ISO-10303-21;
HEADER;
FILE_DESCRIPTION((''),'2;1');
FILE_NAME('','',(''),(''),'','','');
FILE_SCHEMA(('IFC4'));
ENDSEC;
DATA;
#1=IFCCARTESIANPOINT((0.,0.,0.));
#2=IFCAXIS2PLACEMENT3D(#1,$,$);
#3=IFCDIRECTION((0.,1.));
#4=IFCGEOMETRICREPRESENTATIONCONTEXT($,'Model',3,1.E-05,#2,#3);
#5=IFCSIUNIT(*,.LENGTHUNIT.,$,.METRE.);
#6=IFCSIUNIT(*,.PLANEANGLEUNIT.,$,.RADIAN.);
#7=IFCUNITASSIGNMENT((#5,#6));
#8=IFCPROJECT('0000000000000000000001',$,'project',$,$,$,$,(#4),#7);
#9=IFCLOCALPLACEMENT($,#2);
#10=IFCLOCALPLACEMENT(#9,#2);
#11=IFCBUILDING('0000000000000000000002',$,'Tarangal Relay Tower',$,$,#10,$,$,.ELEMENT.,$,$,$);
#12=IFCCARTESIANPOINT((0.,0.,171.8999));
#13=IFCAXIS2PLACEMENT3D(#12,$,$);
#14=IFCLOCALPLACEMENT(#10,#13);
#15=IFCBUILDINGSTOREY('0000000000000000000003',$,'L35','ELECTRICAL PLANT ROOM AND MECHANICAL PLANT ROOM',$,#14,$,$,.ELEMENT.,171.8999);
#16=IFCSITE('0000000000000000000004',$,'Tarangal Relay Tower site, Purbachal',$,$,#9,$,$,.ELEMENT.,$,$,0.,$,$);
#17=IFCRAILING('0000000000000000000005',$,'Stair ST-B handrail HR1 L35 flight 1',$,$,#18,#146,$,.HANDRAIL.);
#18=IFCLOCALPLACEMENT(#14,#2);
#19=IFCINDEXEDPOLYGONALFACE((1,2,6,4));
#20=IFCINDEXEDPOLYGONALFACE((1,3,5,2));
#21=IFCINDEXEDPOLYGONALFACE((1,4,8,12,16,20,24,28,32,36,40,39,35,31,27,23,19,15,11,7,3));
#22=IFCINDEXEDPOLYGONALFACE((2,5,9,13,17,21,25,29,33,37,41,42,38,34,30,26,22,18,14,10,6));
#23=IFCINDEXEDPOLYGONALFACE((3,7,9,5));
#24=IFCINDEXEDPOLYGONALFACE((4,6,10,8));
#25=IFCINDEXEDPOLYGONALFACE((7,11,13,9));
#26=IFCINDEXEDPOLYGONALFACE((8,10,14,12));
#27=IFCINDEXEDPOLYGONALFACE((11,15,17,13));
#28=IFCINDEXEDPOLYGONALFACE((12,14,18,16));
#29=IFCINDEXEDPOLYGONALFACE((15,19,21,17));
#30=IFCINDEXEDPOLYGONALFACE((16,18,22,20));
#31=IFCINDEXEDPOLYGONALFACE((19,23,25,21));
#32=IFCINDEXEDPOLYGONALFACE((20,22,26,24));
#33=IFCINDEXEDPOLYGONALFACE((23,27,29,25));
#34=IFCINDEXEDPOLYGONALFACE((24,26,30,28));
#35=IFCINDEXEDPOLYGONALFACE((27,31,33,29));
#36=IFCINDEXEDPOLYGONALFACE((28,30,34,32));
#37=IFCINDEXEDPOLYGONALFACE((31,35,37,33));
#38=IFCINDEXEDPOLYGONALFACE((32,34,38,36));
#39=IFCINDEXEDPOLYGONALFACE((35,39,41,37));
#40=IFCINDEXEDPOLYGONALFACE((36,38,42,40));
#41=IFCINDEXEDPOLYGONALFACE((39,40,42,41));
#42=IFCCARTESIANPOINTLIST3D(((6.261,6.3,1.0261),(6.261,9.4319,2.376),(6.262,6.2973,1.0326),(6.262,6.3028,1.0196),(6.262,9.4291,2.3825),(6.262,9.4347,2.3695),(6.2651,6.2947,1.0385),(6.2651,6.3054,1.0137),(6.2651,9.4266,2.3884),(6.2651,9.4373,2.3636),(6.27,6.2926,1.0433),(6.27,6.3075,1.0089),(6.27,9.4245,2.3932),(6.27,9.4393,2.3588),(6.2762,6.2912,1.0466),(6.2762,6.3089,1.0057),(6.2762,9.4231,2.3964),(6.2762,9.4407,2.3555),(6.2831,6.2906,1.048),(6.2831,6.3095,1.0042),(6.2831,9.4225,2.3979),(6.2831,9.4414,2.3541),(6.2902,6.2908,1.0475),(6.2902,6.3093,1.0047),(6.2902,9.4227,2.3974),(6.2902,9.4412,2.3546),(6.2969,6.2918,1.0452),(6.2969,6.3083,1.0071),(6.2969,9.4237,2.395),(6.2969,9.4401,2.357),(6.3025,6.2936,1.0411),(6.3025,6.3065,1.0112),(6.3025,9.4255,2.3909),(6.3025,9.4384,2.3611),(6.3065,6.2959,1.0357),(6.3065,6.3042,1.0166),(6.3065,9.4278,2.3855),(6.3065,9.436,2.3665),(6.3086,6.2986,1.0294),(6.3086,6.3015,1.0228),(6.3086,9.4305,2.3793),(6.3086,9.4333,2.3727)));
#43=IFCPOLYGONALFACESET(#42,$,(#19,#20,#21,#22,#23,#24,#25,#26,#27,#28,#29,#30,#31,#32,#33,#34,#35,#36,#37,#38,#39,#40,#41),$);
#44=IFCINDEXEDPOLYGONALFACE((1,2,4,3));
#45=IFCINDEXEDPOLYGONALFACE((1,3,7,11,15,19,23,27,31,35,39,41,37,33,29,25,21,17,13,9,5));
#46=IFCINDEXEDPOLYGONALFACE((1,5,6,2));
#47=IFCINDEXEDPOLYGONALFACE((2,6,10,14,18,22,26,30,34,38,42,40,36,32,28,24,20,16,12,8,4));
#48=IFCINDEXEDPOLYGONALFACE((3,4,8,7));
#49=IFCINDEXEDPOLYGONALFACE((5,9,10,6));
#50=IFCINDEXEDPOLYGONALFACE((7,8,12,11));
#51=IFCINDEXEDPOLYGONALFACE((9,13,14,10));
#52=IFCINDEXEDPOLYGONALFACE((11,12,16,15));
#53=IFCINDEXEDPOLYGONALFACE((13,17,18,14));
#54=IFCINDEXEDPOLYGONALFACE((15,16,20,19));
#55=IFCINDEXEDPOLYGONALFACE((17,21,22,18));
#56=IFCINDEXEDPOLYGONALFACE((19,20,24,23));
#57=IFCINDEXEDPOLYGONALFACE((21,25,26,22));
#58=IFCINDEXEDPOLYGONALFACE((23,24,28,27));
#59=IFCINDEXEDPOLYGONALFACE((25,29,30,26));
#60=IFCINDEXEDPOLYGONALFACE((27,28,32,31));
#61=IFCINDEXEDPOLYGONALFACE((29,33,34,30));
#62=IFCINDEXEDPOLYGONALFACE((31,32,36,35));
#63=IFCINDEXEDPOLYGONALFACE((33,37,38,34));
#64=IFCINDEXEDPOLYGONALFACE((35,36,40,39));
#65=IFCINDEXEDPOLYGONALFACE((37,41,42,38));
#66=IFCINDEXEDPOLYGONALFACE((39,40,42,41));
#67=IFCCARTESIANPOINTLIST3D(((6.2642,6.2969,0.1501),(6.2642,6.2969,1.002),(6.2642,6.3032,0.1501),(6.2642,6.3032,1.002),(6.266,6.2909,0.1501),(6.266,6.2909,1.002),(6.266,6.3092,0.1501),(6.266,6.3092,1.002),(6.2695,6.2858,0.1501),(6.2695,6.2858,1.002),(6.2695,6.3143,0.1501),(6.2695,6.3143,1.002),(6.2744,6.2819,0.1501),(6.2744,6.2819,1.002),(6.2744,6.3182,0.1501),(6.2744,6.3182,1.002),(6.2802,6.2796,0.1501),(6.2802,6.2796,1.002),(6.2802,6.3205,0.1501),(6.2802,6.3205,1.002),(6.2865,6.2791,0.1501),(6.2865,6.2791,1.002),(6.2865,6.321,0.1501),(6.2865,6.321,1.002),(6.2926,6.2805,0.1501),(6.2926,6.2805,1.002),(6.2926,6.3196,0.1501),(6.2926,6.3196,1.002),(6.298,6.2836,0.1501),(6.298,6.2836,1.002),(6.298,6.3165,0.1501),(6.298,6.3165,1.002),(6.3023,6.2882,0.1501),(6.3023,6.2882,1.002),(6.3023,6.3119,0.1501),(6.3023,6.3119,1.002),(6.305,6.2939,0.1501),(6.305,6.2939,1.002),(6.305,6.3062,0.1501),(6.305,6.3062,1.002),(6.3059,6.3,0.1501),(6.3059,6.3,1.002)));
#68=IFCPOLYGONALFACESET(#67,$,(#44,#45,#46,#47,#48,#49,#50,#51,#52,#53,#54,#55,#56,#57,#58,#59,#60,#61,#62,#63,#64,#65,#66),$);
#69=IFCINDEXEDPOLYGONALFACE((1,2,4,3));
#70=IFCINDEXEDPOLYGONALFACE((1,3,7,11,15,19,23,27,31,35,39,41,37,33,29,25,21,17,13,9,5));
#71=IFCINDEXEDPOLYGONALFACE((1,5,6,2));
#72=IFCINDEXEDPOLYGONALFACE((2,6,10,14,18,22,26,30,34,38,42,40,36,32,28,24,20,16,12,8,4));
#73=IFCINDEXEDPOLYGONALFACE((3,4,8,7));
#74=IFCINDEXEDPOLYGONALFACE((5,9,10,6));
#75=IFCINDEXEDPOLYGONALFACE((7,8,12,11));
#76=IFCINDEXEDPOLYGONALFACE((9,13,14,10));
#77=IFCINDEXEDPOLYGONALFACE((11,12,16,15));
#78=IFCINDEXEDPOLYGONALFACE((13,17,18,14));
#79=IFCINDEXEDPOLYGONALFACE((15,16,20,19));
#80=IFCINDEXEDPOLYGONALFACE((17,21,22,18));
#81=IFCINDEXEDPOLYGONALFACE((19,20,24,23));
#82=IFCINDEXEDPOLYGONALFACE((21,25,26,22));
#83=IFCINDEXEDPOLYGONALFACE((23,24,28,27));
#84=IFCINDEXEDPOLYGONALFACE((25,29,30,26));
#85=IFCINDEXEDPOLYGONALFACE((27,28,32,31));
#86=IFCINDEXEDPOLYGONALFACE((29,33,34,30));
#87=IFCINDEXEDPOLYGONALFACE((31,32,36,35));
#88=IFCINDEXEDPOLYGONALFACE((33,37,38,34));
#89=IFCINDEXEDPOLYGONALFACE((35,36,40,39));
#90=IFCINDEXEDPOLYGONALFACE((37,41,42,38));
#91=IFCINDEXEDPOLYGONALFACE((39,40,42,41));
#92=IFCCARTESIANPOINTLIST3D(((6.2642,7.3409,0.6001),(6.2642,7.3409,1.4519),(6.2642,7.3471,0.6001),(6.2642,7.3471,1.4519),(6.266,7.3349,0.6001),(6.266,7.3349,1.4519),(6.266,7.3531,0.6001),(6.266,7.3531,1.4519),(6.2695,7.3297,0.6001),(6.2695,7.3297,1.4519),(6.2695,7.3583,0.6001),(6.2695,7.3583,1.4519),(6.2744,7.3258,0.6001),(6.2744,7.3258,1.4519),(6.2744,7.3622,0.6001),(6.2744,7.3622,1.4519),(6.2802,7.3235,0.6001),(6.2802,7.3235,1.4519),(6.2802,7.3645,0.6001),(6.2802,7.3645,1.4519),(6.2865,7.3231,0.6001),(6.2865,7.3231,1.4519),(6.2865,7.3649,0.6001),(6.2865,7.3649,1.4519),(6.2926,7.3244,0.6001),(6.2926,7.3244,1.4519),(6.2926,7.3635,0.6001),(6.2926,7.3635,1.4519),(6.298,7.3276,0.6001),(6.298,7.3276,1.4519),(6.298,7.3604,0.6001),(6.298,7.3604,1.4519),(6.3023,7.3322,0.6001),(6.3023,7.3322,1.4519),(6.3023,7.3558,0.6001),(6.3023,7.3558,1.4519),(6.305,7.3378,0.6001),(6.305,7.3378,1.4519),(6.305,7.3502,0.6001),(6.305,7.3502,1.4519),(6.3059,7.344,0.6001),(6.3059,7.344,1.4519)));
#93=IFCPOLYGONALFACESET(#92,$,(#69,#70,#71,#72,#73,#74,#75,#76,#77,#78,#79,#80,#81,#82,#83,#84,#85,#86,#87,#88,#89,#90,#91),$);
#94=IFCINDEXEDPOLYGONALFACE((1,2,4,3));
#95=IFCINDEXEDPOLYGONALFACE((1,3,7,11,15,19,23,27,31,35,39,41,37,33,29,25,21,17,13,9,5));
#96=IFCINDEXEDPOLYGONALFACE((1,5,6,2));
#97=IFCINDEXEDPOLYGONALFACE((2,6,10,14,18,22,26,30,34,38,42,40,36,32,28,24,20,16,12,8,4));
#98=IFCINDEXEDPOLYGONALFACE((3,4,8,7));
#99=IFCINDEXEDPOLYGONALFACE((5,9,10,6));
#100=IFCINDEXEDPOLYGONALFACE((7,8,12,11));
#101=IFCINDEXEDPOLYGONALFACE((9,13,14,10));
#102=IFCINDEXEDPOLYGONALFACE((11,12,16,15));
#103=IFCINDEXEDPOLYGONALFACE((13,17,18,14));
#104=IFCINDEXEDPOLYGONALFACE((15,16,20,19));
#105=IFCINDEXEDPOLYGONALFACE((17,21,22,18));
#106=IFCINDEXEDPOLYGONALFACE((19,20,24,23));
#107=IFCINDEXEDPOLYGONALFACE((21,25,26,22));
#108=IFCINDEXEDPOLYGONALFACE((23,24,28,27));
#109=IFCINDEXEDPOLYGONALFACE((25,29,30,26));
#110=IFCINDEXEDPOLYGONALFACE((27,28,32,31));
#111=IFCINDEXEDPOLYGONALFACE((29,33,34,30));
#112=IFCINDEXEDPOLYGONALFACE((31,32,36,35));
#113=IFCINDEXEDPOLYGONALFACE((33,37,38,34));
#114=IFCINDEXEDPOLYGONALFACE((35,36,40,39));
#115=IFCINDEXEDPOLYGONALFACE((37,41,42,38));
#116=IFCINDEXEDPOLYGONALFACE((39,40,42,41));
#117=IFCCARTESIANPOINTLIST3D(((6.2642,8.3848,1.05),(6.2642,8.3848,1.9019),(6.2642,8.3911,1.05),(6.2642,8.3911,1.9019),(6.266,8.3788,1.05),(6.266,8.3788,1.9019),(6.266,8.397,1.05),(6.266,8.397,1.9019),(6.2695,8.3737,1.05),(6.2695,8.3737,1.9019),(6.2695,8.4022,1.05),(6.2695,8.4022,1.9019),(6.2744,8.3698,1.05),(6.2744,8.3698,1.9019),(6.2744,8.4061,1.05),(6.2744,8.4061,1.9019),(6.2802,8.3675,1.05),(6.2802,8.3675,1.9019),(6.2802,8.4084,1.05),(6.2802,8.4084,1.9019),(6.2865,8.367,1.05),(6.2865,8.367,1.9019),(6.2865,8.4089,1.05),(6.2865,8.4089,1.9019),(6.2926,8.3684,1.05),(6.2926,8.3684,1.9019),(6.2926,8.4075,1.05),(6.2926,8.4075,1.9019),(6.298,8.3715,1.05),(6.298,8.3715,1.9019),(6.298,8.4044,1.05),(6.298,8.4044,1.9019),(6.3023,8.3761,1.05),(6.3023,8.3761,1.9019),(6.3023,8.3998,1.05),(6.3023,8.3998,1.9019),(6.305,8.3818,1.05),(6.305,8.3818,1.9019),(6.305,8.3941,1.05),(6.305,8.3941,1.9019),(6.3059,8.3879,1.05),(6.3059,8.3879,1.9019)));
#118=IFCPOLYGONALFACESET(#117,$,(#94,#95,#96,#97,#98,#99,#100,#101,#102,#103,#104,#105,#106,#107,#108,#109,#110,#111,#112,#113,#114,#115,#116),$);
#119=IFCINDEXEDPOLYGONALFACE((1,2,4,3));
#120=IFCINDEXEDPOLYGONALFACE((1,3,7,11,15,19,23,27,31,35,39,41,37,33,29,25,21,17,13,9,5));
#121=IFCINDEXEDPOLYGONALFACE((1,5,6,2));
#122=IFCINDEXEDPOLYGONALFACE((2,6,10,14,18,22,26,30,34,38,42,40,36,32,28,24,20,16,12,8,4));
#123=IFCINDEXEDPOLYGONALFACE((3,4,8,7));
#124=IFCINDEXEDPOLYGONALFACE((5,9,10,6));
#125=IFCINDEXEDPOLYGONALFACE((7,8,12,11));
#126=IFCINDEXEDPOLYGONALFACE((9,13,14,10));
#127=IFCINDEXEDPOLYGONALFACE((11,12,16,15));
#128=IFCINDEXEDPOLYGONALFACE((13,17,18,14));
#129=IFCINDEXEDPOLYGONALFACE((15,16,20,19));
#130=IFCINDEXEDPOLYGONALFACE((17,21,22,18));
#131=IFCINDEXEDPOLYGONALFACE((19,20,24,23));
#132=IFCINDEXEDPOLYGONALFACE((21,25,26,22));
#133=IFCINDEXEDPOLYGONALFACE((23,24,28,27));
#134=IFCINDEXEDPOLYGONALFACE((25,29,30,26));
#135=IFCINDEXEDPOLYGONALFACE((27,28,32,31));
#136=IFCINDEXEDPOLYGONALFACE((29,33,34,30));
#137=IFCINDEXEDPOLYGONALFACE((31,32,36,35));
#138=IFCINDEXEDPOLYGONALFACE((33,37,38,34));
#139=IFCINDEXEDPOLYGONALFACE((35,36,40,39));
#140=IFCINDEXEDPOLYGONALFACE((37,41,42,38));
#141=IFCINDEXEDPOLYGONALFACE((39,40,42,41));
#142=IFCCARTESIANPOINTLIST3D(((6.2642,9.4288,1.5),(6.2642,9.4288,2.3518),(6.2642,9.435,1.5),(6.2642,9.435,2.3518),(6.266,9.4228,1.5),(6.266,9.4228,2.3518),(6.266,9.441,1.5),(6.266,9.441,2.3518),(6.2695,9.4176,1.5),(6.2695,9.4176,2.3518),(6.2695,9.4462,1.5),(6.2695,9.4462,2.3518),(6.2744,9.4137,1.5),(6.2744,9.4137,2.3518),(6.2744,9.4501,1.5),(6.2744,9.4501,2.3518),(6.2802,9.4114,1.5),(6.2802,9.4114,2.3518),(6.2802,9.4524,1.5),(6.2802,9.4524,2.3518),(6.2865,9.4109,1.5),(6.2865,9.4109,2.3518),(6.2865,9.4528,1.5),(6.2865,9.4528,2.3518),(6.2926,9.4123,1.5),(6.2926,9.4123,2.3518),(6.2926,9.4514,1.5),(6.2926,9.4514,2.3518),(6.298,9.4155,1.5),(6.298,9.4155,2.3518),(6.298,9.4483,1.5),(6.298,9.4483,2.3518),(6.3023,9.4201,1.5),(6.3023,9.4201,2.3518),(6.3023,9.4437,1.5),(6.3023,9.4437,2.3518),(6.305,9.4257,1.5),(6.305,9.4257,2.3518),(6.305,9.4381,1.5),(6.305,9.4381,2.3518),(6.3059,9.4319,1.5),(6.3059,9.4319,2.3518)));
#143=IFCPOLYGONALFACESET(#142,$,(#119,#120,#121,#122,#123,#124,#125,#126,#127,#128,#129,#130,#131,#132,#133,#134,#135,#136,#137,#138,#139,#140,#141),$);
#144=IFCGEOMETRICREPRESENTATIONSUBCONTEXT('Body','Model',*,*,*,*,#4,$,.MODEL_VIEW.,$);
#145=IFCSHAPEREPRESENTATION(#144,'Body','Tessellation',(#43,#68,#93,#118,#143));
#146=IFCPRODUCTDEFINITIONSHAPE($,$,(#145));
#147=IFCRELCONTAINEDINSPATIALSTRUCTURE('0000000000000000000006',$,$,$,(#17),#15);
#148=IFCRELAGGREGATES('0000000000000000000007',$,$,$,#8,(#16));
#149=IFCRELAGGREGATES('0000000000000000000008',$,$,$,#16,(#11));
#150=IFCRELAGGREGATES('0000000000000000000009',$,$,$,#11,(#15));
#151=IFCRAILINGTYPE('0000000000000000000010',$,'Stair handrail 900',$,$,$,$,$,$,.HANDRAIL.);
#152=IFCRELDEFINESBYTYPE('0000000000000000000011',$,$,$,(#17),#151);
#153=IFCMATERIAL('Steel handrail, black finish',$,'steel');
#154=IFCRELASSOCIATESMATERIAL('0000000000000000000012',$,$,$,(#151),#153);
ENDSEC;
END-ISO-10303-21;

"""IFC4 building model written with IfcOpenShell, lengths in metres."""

from ifc_helpers import new_model, si_unit, direction, frame, origin, origin_2d, place, context, subcontext, project, spatial, circle, extrude, material, type_object, element, save


model = new_model("IFC4")

# Units and contexts
model_context = context("Model", 3, precision=1e-05, world=origin(), true_north=direction((0.0, 1.0)))
body_context = subcontext(model_context, "Body", "Model", "MODEL_VIEW")
ifc_project = project(units=[si_unit("LENGTHUNIT", "METRE"), si_unit("PLANEANGLEUNIT", "RADIAN")], contexts=[model_context])

# Site, building, storey
site_placement = place(None, origin())
site = spatial("IfcSite", under=ifc_project, at=site_placement, Name="Tarangal Relay Tower site, Purbachal", CompositionType="ELEMENT", RefElevation=0.0)
building_placement = place(site_placement, origin())
building = spatial("IfcBuilding", under=site, at=building_placement, Name="Tarangal Relay Tower", CompositionType="ELEMENT")
storey_placement = place(building_placement, frame((0.0, 0.0, 171.8999)))
storey = spatial("IfcBuildingStorey", under=building, at=storey_placement, Name="L35", Description="ELECTRICAL PLANT ROOM AND MECHANICAL PLANT ROOM", CompositionType="ELEMENT", Elevation=171.8999)

# Railing
ifc_material_1 = material(Name="Steel handrail, black finish", Category="steel")
railing_type_1 = type_object("IfcRailingType", Name="Stair handrail 900", PredefinedType="HANDRAIL", material=ifc_material_1)
railing_1_placement = place(storey_placement, frame((6.2849, 6.3, 0.1501)))
element("IfcRailing", 1, at=railing_1_placement, inside=storey, type_object=railing_type_1, Name="Stair ST-B handrail HR1 L35 flight 1", PredefinedType="HANDRAIL", context=body_context, shape_type="SweptSolid", body=[
    extrude(circle(Radius=0.0239, at=origin_2d()), frame((0.0, 0.0, 0.876), z_axis=(0.0, 0.918332, 0.395811), x_axis=(-1.0, 0.0, 0.0)), (0.0, 0.0, 1.0), 3.4104),
    extrude(circle(Radius=0.021, at=origin_2d()), origin(), (0.0, 0.0, 1.0), 0.8518),
    extrude(circle(Radius=0.021, at=origin_2d()), frame((0.0, 1.0439, 0.45)), (0.0, 0.0, 1.0), 0.8518),
    extrude(circle(Radius=0.021, at=origin_2d()), frame((0.0, 2.0879, 0.8999)), (0.0, 0.0, 1.0), 0.8518),
    extrude(circle(Radius=0.021, at=origin_2d()), frame((0.0, 3.1318, 1.3499)), (0.0, 0.0, 1.0), 0.8518),
])

save(model, "model.ifc")
